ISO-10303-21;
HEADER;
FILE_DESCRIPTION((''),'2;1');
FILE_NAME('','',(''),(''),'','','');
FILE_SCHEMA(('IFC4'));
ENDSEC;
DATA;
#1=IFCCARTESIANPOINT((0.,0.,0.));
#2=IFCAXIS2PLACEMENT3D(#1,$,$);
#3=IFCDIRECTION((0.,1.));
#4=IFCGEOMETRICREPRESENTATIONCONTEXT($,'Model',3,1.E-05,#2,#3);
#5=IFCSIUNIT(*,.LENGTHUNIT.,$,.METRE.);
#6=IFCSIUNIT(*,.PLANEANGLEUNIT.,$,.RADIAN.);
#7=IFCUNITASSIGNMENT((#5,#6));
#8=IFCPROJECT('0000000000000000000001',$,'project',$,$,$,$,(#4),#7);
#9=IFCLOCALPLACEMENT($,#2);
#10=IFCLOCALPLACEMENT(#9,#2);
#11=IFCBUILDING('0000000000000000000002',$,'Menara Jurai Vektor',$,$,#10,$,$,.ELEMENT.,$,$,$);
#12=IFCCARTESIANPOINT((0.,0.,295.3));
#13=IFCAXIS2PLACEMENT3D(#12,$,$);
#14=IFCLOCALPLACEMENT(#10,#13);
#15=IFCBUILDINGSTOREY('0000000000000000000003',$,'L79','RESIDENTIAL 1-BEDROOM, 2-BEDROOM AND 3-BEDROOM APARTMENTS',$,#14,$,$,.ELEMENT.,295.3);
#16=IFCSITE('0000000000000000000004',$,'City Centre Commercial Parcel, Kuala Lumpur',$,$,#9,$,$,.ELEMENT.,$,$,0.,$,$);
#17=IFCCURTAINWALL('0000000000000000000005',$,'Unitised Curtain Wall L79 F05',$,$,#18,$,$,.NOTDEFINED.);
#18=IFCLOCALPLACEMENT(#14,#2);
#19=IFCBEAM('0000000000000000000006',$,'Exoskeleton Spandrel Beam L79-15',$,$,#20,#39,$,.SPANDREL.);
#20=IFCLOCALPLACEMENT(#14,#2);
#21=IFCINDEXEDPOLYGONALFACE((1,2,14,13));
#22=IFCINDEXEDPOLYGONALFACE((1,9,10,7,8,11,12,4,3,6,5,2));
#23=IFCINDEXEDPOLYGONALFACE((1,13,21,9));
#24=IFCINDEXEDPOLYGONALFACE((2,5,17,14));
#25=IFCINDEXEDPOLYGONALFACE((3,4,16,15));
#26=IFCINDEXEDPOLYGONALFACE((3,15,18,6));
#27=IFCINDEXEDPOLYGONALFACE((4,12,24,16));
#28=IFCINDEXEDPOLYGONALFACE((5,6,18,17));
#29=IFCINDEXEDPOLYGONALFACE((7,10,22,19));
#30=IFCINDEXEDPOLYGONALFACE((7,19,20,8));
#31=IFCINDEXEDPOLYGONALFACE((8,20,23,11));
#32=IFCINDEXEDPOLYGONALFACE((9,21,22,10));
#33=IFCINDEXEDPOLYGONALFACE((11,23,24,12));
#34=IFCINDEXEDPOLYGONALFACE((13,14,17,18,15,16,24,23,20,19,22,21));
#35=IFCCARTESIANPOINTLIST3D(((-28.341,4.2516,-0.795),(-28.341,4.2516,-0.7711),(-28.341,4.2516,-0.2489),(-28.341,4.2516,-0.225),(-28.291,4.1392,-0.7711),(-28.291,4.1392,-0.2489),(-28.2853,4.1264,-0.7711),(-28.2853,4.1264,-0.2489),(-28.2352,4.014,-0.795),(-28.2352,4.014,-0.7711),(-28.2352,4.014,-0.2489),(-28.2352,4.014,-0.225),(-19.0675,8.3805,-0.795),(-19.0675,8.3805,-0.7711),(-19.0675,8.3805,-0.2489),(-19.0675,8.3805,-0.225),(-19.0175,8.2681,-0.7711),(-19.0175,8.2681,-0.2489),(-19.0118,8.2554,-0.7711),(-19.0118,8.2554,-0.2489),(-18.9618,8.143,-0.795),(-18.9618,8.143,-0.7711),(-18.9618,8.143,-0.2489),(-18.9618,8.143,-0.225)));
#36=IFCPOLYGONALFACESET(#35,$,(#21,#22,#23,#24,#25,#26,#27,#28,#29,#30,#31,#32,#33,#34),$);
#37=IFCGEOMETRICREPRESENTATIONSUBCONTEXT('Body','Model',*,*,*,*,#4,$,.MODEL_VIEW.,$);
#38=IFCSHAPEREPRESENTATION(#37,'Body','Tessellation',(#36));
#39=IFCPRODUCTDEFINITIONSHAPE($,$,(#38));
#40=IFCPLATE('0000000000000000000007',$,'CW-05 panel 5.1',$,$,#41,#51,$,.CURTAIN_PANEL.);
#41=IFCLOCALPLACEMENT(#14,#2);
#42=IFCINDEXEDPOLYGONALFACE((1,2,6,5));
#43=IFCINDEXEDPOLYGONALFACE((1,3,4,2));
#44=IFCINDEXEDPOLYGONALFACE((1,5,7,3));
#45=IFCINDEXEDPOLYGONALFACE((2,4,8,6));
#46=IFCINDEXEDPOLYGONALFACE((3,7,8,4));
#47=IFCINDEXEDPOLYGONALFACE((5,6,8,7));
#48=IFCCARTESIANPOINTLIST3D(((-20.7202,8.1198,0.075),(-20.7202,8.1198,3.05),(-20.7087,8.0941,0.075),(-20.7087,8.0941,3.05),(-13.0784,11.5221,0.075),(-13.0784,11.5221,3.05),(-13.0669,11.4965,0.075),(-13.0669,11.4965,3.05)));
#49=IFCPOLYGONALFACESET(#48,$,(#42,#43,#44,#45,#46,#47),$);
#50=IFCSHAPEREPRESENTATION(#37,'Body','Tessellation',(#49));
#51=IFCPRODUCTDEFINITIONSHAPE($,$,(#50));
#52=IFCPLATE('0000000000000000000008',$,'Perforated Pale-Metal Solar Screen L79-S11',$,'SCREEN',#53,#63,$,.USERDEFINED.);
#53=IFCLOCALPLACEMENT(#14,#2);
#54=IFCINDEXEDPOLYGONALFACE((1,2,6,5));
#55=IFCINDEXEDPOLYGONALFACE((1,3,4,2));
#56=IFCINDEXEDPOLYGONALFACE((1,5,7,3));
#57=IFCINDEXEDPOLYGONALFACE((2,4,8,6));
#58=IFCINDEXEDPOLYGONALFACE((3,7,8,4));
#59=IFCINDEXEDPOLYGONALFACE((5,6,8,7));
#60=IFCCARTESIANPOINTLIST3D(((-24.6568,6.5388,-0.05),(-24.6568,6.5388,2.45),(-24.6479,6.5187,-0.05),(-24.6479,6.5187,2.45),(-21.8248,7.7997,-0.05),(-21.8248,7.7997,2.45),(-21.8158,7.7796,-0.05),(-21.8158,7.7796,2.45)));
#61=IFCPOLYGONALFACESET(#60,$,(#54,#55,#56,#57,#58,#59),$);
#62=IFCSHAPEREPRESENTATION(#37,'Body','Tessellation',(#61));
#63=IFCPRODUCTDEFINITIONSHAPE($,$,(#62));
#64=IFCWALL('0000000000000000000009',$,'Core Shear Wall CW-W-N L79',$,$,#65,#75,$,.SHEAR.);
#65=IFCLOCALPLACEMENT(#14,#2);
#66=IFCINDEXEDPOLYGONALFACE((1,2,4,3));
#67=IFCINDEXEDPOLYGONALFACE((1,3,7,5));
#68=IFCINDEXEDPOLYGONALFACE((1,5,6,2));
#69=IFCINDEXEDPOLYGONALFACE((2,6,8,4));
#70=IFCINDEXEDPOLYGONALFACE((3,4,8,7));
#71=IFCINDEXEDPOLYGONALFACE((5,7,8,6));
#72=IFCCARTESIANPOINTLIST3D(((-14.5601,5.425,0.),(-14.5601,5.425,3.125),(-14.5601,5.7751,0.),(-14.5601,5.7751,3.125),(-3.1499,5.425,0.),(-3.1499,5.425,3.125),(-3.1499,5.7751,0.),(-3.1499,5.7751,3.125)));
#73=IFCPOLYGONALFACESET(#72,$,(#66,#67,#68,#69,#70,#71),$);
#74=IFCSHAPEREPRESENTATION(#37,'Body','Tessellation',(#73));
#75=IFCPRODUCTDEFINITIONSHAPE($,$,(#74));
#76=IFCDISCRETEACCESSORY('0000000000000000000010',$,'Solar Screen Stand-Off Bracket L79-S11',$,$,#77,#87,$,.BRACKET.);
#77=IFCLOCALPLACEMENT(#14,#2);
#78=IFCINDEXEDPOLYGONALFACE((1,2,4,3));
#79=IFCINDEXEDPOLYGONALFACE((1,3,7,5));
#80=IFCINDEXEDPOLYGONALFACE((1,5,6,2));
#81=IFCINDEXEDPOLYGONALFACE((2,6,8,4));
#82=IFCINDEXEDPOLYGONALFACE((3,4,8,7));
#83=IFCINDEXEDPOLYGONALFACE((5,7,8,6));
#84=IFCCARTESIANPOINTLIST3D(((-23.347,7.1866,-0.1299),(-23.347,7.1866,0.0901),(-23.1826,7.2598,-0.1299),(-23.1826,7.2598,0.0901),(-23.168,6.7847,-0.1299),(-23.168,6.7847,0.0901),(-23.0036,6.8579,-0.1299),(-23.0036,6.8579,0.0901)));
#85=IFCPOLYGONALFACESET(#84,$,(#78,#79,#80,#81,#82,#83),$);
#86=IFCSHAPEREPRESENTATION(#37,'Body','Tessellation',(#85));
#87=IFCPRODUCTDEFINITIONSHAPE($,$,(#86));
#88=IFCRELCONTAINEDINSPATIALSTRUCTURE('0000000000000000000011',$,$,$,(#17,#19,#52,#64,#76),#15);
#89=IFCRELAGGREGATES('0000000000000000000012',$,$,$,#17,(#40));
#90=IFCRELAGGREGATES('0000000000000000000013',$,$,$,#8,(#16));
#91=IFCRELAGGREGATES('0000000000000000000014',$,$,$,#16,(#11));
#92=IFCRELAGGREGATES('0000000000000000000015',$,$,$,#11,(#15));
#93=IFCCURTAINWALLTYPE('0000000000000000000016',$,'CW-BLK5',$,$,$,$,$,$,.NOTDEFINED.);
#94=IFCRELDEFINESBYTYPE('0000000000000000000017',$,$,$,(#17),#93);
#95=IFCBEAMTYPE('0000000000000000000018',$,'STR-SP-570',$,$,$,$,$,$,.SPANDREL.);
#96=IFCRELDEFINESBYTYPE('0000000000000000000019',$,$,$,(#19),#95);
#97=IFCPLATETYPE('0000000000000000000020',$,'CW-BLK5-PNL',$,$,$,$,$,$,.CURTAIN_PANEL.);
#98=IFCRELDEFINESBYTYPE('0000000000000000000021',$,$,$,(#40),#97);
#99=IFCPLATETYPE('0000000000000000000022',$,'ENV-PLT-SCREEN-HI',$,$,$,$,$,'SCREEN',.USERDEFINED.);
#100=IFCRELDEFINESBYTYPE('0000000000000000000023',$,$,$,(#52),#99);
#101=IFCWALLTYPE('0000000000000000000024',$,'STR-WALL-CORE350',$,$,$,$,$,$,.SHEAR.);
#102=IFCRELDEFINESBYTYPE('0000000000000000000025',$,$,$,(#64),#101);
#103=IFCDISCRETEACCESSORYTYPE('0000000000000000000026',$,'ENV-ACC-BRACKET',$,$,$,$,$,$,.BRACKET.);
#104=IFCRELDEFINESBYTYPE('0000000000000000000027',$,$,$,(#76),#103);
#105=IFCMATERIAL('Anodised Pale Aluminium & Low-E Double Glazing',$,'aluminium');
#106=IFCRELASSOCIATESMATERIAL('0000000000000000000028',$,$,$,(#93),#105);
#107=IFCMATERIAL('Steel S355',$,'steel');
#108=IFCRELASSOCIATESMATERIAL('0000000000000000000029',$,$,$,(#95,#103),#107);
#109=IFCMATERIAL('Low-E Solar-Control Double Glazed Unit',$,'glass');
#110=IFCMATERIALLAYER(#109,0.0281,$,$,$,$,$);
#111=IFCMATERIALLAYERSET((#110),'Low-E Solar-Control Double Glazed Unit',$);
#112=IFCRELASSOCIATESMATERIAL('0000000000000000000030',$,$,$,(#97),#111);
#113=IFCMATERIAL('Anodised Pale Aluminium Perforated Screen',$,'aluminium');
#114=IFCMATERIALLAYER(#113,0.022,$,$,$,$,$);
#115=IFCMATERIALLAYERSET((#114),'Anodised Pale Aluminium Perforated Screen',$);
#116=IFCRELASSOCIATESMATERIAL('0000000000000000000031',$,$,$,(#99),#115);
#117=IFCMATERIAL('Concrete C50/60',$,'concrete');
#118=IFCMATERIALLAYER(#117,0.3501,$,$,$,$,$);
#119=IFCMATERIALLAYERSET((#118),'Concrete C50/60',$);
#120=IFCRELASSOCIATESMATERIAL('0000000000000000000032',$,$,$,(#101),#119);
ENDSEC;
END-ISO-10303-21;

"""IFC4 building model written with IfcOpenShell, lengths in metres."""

from ifc_helpers import new_model, si_unit, direction, frame, frame_2d, origin, origin_2d, place, context, subcontext, project, spatial, rectangle, i_section, extrude, material, layer, layer_set, material_profile, profile_set, type_object, element, aggregate, save


model = new_model("IFC4")

# Units and contexts
model_context = context("Model", 3, precision=1e-05, world=origin(), true_north=direction((0.0, 1.0)))
body_context = subcontext(model_context, "Body", "Model", "MODEL_VIEW")
ifc_project = project(units=[si_unit("LENGTHUNIT", "METRE"), si_unit("PLANEANGLEUNIT", "RADIAN")], contexts=[model_context])

# Site, building, storey
site_placement = place(None, origin())
site = spatial("IfcSite", under=ifc_project, at=site_placement, Name="City Centre Commercial Parcel, Kuala Lumpur", CompositionType="ELEMENT", RefElevation=0.0)
building_placement = place(site_placement, origin())
building = spatial("IfcBuilding", under=site, at=building_placement, Name="Menara Jurai Vektor", CompositionType="ELEMENT")
storey_placement = place(building_placement, frame((0.0, 0.0, 295.3)))
storey = spatial("IfcBuildingStorey", under=building, at=storey_placement, Name="L79", Description="RESIDENTIAL 1-BEDROOM, 2-BEDROOM AND 3-BEDROOM APARTMENTS", CompositionType="ELEMENT", Elevation=295.3)

# Curtain wall
ifc_material_1 = material(Name="Anodised Pale Aluminium & Low-E Double Glazing", Category="aluminium")
curtain_wall_type = type_object("IfcCurtainWallType", Name="CW-BLK5", PredefinedType="NOTDEFINED", material=ifc_material_1)
curtain_wall_placement = place(storey_placement, origin())
curtain_wall = element("IfcCurtainWall", 1, at=curtain_wall_placement, inside=storey, type_object=curtain_wall_type, Name="Unitised Curtain Wall L79 F05", PredefinedType="NOTDEFINED")

# Beam
ifc_material_2 = material(Name="Steel S355", Category="steel")
ifc_material_profile_1 = material_profile(ifc_material_2, i_section(OverallWidth=0.26, OverallDepth=0.5701, WebThickness=0.0139, FlangeThickness=0.0239, at=origin_2d()), Name="PG 570x260x145")
ifc_profile_set_1 = profile_set([ifc_material_profile_1], Name="Steel S355")
beam_type_1 = type_object("IfcBeamType", Name="STR-SP-570", PredefinedType="SPANDREL", material=ifc_profile_set_1)
beam_1_placement = place(storey_placement, frame((-19.0146, 8.2617, -0.51), z_axis=(-0.913542, -0.406745, 0.0), x_axis=(0.406745, -0.913542, 0.0)))
element("IfcBeam", 2, at=beam_1_placement, inside=storey, type_object=beam_type_1, Name="Exoskeleton Spandrel Beam L79-15", PredefinedType="SPANDREL", context=body_context, shape_type="SweptSolid", body=[
    extrude(i_section(OverallWidth=0.26, OverallDepth=0.5701, WebThickness=0.0139, FlangeThickness=0.0239, at=origin_2d()), origin(), (0.0, 0.0, 1.0), 10.1511),
])

# Plates
ifc_material_3 = material(Name="Low-E Solar-Control Double Glazed Unit", Category="glass")
ifc_layer_1 = layer(ifc_material_3, 0.0281)
ifc_layer_set_1 = layer_set([ifc_layer_1], Name="Low-E Solar-Control Double Glazed Unit")
plate_type_1 = type_object("IfcPlateType", Name="CW-BLK5-PNL", PredefinedType="CURTAIN_PANEL", material=ifc_layer_set_1)
plate_1_placement = place(storey_placement, frame((-16.8936, 9.8081, 0.075), z_axis=(0.0, 0.0, 1.0), x_axis=(-0.913546, -0.406735, 0.0)))
plate_1 = element("IfcPlate", 3, at=plate_1_placement, type_object=plate_type_1, Name="CW-05 panel 5.1", PredefinedType="CURTAIN_PANEL", context=body_context, shape_type="SweptSolid", body=[
    extrude(rectangle(XDim=8.365, YDim=0.0281, at=origin_2d()), origin(), (0.0, 0.0, 1.0), 2.9751),
])
aggregate(curtain_wall, [plate_1])
ifc_material_4 = material(Name="Anodised Pale Aluminium Perforated Screen", Category="aluminium")
ifc_layer_2 = layer(ifc_material_4, 0.022)
ifc_layer_set_2 = layer_set([ifc_layer_2], Name="Anodised Pale Aluminium Perforated Screen")
plate_type_2 = type_object("IfcPlateType", Name="ENV-PLT-SCREEN-HI", ElementType="SCREEN", PredefinedType="USERDEFINED", material=ifc_layer_set_2)
plate_2_placement = place(storey_placement, frame((-23.2363, 7.1592, -0.05), z_axis=(0.0, 0.0, 1.0), x_axis=(-0.913545, -0.406737, 0.0)))
element("IfcPlate", 4, at=plate_2_placement, inside=storey, type_object=plate_type_2, Name="Perforated Pale-Metal Solar Screen L79-S11", ObjectType="SCREEN", PredefinedType="USERDEFINED", context=body_context, shape_type="SweptSolid", body=[
    extrude(rectangle(XDim=3.1001, YDim=0.022, at=origin_2d()), origin(), (0.0, 0.0, 1.0), 2.5),
])

# Wall
ifc_material_5 = material(Name="Concrete C50/60", Category="concrete")
ifc_layer_3 = layer(ifc_material_5, 0.3501)
ifc_layer_set_3 = layer_set([ifc_layer_3], Name="Concrete C50/60")
wall_type_1 = type_object("IfcWallType", Name="STR-WALL-CORE350", PredefinedType="SHEAR", material=ifc_layer_set_3)
wall_1_placement = place(storey_placement, frame((-14.5601, 5.6001, 0.0), z_axis=(0.0, 0.0, 1.0), x_axis=(1.0, 0.0, 0.0)))
element("IfcWall", 5, at=wall_1_placement, inside=storey, type_object=wall_type_1, Name="Core Shear Wall CW-W-N L79", PredefinedType="SHEAR", context=body_context, shape_type="SweptSolid", body=[
    extrude(rectangle(XDim=11.4102, YDim=0.3501, at=frame_2d((5.7051, 0.0))), origin(), (0.0, 0.0, 1.0), 3.125),
])

# Discrete accessory
discrete_accessory_type = type_object("IfcDiscreteAccessoryType", Name="ENV-ACC-BRACKET", PredefinedType="BRACKET", material=ifc_material_2)
discrete_accessory_placement = place(storey_placement, frame((-23.1753, 7.0222, -0.1299), z_axis=(0.0, 0.0, 1.0), x_axis=(-0.913545, -0.406737, 0.0)))
element("IfcDiscreteAccessory", 6, at=discrete_accessory_placement, inside=storey, type_object=discrete_accessory_type, Name="Solar Screen Stand-Off Bracket L79-S11", PredefinedType="BRACKET", context=body_context, shape_type="SweptSolid", body=[
    extrude(rectangle(XDim=0.1799, YDim=0.4399, at=origin_2d()), origin(), (0.0, 0.0, 1.0), 0.22),
])

save(model, "model.ifc")
